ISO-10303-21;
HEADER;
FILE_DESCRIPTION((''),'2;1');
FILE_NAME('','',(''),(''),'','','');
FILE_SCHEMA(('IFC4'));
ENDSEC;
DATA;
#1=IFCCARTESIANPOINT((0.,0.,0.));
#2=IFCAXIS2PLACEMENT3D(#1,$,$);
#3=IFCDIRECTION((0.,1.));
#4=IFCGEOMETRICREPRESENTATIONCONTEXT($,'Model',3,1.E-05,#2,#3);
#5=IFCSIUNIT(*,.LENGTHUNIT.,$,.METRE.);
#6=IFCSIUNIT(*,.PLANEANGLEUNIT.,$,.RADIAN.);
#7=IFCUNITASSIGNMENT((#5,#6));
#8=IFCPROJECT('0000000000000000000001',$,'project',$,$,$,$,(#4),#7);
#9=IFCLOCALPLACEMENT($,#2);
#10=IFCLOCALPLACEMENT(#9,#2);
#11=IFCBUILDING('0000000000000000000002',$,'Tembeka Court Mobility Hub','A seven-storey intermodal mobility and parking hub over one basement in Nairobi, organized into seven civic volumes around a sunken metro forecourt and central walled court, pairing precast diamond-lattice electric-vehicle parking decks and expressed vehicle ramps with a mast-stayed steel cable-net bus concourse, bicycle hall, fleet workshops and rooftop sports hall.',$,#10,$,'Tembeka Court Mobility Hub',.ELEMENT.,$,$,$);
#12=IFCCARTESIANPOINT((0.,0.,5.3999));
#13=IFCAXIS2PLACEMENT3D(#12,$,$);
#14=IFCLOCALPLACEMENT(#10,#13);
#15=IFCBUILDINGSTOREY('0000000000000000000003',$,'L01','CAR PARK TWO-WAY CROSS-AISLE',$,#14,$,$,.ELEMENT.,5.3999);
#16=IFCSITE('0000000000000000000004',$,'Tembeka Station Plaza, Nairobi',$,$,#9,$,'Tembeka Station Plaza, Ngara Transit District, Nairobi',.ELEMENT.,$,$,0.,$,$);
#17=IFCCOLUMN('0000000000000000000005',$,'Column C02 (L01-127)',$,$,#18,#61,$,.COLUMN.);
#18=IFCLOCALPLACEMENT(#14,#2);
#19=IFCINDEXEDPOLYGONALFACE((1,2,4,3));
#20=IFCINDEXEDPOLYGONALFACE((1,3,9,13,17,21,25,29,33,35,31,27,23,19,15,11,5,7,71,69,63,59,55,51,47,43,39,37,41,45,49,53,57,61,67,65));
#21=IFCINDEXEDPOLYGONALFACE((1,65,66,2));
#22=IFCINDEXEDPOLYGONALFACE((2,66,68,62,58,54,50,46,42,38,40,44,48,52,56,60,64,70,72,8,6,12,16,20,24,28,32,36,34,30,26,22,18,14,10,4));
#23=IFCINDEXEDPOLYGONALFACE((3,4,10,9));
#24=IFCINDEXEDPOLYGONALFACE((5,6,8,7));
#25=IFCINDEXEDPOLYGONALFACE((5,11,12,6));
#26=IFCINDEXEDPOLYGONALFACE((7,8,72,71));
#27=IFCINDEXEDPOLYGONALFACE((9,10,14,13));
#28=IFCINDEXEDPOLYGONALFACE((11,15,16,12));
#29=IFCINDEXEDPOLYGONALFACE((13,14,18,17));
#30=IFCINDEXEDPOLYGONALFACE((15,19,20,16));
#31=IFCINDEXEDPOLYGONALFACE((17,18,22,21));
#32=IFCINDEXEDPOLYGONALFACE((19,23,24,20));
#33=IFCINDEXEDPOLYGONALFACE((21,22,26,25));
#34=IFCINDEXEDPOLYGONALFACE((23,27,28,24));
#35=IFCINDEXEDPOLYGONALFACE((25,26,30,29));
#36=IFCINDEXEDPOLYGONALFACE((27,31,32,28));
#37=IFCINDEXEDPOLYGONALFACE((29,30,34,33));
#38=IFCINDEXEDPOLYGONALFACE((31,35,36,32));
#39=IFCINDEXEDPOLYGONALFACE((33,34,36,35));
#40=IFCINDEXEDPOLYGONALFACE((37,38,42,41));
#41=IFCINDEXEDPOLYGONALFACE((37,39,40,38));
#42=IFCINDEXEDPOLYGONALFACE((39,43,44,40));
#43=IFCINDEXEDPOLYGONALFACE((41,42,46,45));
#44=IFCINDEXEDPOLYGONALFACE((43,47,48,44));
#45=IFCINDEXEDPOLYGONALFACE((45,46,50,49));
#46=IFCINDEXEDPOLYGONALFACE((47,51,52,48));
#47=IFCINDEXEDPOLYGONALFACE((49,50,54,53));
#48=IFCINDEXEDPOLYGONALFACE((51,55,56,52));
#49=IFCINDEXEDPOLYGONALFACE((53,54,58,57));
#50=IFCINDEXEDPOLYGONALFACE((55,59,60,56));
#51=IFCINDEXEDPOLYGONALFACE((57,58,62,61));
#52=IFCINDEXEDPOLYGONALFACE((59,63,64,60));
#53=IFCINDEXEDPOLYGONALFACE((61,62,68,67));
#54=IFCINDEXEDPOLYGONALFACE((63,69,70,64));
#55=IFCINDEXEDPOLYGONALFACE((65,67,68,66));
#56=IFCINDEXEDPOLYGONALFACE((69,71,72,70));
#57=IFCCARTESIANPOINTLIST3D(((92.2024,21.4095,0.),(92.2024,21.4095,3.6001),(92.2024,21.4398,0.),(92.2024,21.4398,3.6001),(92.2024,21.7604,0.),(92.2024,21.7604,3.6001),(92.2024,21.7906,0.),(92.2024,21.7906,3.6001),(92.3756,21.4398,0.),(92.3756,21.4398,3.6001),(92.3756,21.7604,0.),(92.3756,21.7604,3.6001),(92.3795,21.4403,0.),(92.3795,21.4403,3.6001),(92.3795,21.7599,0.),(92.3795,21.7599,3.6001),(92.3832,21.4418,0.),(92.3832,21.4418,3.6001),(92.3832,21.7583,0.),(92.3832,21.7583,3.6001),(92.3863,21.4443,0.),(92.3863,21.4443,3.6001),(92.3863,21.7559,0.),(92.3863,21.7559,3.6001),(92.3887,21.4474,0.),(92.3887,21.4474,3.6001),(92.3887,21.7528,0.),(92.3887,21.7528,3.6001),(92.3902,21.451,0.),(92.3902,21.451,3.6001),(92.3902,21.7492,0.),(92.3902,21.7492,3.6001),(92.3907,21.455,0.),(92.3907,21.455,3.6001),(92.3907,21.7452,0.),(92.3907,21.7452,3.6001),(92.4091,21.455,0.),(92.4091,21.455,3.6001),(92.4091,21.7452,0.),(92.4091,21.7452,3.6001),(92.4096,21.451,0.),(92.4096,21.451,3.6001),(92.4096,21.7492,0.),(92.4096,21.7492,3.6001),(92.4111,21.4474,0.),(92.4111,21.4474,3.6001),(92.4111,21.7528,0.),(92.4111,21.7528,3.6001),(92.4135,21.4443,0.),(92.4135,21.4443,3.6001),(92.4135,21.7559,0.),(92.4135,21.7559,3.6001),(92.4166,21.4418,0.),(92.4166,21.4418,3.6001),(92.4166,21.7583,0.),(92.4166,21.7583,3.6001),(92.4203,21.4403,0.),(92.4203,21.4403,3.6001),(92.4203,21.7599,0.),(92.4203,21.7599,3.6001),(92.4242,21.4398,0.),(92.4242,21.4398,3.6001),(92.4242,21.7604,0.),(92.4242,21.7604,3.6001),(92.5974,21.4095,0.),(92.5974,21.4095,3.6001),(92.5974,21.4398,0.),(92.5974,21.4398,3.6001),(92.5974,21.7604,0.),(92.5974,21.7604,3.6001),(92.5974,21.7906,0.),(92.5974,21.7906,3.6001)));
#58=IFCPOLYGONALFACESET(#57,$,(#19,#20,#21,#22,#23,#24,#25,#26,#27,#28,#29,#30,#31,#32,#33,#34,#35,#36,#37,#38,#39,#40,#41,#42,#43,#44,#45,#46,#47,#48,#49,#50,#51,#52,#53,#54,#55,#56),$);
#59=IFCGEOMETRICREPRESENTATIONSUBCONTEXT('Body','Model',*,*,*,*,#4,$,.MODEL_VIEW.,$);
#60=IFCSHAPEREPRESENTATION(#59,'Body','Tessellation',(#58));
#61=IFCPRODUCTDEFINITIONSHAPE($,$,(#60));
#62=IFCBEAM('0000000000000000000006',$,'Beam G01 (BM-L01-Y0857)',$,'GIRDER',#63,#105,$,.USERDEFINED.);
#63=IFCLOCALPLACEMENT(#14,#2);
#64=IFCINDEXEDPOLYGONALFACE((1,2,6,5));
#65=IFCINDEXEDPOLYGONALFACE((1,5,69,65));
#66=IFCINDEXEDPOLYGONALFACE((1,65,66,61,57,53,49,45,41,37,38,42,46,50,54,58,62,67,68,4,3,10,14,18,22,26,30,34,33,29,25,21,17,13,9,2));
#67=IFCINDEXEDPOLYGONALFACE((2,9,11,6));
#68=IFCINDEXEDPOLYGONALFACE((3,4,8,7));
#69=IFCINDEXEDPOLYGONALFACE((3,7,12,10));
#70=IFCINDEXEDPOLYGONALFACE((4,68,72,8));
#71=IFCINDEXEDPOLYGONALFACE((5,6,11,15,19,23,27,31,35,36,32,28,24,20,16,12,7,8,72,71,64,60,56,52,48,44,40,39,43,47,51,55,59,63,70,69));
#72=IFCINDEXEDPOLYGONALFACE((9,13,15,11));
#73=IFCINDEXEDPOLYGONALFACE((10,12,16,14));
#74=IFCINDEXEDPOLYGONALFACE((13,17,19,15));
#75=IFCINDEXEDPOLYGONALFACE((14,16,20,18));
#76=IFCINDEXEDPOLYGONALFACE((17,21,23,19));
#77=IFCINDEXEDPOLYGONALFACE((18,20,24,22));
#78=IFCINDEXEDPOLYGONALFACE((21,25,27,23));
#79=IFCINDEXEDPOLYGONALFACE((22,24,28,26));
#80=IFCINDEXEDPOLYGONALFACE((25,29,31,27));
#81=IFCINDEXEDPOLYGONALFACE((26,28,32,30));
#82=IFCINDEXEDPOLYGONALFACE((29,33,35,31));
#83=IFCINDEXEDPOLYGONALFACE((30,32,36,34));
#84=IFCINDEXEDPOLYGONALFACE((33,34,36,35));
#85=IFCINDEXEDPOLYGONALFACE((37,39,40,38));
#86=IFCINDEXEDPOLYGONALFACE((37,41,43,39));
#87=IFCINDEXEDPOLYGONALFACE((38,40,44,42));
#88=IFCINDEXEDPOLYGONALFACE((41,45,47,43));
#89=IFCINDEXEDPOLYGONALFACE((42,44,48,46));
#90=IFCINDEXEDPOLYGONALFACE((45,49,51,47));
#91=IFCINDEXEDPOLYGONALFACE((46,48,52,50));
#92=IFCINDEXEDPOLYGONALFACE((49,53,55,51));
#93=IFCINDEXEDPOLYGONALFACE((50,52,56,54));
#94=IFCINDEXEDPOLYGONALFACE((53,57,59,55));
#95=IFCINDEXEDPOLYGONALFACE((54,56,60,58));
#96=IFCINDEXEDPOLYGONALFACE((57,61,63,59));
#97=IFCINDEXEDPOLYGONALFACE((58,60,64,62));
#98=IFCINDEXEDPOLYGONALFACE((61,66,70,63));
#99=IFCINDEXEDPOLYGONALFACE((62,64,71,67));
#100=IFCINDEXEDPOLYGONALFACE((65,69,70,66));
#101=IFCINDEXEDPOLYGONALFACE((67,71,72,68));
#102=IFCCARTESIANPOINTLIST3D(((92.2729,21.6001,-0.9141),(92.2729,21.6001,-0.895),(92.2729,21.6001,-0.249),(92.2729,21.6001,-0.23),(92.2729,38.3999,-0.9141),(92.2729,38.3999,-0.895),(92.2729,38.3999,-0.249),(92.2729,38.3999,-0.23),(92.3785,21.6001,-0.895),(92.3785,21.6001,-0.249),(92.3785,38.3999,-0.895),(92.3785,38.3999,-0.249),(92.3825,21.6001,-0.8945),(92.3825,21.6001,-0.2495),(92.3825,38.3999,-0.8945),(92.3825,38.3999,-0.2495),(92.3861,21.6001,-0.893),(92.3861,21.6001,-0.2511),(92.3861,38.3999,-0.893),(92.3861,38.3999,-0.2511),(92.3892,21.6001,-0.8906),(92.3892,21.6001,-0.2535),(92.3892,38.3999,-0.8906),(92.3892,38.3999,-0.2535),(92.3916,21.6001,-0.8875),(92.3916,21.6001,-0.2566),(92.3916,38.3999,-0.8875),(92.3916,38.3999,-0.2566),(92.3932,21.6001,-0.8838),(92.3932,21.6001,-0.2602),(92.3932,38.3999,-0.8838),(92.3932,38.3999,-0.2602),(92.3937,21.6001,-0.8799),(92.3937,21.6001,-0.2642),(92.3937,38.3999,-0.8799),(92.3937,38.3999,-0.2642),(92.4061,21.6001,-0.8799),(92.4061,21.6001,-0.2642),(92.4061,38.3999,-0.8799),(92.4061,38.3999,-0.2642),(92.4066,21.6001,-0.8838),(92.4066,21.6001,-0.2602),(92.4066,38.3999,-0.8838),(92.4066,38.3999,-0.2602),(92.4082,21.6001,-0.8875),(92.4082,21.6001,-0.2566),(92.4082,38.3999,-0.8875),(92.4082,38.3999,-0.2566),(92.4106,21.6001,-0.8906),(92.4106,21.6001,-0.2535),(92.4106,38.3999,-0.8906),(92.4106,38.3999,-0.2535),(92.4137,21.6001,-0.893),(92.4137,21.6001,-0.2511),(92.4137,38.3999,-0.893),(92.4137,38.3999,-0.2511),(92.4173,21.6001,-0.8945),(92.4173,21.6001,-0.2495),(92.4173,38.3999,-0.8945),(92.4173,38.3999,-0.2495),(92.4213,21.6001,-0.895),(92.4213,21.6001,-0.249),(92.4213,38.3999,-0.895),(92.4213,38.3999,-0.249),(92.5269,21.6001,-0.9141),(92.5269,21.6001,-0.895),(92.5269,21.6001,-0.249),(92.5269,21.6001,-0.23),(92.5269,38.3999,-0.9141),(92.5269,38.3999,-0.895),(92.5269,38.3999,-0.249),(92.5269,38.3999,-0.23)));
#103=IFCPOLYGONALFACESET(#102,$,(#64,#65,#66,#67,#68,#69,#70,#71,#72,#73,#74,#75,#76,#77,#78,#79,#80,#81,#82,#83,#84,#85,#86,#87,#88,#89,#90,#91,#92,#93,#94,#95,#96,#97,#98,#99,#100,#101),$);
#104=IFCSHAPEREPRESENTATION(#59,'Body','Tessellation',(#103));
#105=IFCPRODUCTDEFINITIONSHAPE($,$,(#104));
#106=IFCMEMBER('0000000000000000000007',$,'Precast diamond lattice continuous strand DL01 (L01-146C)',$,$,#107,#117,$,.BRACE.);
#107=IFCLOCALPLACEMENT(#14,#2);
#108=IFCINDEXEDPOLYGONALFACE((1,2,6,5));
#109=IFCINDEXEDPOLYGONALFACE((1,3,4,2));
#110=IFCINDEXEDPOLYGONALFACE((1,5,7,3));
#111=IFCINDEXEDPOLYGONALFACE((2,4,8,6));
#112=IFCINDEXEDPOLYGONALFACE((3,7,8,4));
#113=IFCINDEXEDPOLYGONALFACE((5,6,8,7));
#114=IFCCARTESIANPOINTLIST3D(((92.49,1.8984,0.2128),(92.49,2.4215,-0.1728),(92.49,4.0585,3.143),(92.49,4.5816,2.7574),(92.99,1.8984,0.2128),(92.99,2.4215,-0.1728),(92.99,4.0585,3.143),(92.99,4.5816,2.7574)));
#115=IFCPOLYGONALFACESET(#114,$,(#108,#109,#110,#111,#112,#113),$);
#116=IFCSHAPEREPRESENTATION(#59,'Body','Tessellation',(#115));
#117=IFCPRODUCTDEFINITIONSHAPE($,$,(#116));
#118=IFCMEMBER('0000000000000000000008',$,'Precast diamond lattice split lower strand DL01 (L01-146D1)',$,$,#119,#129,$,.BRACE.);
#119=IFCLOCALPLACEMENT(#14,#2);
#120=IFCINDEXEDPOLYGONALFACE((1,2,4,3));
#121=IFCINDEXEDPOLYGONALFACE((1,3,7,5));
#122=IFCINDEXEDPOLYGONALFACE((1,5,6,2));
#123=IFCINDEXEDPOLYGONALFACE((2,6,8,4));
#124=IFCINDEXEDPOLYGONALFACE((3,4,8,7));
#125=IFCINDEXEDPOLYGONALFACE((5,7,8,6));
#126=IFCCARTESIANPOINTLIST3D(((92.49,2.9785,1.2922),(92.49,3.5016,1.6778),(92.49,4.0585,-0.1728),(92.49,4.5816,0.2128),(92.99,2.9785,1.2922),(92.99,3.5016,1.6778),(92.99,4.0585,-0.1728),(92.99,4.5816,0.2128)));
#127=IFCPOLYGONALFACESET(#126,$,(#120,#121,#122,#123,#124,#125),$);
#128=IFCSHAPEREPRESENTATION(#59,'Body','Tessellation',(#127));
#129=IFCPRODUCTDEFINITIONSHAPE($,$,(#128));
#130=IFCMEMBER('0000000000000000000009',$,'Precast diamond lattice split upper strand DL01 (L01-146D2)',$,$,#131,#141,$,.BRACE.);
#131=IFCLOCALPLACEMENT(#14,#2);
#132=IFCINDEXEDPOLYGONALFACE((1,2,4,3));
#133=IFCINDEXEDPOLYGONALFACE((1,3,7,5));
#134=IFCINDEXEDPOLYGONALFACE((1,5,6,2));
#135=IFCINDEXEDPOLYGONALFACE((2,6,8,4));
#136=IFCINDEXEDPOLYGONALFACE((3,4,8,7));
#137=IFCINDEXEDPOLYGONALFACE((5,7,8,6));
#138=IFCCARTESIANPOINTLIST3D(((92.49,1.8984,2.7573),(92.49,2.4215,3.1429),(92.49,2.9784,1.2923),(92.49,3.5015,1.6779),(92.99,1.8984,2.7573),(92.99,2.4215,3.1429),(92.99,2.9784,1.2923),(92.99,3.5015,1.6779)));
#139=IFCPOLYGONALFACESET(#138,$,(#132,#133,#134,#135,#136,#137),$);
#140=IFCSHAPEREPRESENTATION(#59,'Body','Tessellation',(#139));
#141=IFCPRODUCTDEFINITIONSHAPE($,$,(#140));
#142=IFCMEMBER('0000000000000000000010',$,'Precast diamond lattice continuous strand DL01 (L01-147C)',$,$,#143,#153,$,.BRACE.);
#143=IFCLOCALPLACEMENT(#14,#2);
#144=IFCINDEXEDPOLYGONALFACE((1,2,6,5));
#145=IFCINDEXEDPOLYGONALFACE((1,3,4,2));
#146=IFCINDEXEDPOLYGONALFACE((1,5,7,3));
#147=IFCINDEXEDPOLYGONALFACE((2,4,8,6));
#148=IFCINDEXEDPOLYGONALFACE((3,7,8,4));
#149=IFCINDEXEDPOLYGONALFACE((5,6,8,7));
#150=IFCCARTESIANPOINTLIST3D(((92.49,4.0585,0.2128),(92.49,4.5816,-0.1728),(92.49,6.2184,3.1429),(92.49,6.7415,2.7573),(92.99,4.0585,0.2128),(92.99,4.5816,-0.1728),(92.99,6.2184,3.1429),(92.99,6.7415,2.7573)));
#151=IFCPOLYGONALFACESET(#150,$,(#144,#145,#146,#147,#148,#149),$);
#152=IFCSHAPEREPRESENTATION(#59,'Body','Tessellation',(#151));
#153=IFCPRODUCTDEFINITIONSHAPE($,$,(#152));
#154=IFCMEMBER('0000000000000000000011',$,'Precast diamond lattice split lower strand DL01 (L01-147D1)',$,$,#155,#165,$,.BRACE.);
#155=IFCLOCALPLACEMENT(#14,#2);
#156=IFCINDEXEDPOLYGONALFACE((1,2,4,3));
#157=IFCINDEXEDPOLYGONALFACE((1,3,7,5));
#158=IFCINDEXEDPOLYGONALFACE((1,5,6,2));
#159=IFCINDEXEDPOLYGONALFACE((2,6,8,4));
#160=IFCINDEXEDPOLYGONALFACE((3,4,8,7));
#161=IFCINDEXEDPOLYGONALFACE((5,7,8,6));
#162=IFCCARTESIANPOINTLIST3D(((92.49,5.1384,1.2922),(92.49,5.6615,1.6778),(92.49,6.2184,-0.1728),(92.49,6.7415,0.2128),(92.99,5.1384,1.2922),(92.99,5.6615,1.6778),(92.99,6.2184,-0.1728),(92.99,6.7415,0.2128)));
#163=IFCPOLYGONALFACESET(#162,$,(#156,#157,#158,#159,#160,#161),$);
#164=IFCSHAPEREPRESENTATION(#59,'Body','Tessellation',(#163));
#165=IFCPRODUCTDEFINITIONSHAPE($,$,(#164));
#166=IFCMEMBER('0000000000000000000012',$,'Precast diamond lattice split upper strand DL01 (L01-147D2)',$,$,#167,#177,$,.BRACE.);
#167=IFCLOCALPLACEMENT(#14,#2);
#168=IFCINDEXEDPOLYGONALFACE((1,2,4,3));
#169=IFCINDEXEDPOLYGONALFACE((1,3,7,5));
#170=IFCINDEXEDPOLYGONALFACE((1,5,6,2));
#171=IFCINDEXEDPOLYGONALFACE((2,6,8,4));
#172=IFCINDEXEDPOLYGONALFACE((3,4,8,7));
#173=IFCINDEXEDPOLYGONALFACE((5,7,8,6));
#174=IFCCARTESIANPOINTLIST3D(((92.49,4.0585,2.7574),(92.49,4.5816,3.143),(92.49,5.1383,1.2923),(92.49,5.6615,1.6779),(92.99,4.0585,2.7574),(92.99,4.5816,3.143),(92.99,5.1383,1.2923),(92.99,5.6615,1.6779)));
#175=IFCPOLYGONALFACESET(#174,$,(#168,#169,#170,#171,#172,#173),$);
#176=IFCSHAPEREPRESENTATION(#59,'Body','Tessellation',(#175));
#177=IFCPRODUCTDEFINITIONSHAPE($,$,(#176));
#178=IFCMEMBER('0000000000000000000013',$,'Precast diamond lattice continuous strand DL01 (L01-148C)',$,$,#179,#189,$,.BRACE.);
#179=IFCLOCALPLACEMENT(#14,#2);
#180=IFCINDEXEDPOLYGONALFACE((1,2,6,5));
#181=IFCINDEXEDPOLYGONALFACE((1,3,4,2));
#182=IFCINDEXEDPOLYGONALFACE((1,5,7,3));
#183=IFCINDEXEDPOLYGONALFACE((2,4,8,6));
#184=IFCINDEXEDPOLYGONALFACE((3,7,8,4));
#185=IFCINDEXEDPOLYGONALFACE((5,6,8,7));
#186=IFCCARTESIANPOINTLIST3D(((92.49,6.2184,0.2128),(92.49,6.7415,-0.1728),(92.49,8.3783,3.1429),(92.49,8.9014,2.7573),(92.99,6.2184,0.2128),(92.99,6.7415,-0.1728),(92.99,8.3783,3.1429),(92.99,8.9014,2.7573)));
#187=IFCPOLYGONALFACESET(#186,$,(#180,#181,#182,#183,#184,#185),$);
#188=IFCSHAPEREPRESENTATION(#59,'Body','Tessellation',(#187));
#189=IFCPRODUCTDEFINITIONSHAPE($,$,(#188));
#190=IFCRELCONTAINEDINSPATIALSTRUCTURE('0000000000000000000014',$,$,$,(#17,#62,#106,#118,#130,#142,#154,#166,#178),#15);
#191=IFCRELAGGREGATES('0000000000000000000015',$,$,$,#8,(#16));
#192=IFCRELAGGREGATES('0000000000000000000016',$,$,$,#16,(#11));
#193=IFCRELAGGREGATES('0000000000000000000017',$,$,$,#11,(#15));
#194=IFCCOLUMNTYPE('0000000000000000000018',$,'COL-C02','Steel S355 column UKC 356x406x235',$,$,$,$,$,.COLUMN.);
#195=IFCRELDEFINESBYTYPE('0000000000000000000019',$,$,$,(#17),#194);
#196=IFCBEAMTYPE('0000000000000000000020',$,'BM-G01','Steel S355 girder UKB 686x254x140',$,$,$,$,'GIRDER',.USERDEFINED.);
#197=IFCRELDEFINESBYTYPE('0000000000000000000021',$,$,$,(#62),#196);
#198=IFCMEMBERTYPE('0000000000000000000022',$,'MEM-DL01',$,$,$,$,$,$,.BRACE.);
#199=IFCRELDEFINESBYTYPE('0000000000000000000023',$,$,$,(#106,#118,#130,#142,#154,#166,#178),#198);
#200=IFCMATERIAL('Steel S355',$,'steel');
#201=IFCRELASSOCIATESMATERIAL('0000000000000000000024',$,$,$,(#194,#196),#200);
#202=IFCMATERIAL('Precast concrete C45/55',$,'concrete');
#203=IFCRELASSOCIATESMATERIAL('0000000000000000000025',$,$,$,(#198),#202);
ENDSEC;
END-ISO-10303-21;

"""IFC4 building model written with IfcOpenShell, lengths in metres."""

from ifc_helpers import new_model, si_unit, direction, frame, origin, origin_2d, place, context, subcontext, project, spatial, rectangle, i_section, extrude, material, material_profile, profile_set, type_object, element, save


model = new_model("IFC4")

# Units and contexts
model_context = context("Model", 3, precision=1e-05, world=origin(), true_north=direction((0.0, 1.0)))
body_context = subcontext(model_context, "Body", "Model", "MODEL_VIEW")
ifc_project = project(units=[si_unit("LENGTHUNIT", "METRE"), si_unit("PLANEANGLEUNIT", "RADIAN")], contexts=[model_context])

# Site, building, storey
site_placement = place(None, origin())
site = spatial("IfcSite", under=ifc_project, at=site_placement, Name="Tembeka Station Plaza, Nairobi", LongName="Tembeka Station Plaza, Ngara Transit District, Nairobi", CompositionType="ELEMENT", RefElevation=0.0)
building_placement = place(site_placement, origin())
building = spatial("IfcBuilding", under=site, at=building_placement, Name="Tembeka Court Mobility Hub", Description="A seven-storey intermodal mobility and parking hub over one basement in Nairobi, organized into seven civic volumes around a sunken metro forecourt and central walled court, pairing precast diamond-lattice electric-vehicle parking decks and expressed vehicle ramps with a mast-stayed steel cable-net bus concourse, bicycle hall, fleet workshops and rooftop sports hall.", LongName="Tembeka Court Mobility Hub", CompositionType="ELEMENT")
storey_placement = place(building_placement, frame((0.0, 0.0, 5.3999)))
storey = spatial("IfcBuildingStorey", under=building, at=storey_placement, Name="L01", Description="CAR PARK TWO-WAY CROSS-AISLE", CompositionType="ELEMENT", Elevation=5.3999)

# Column
ifc_material_1 = material(Name="Steel S355", Category="steel")
ifc_material_profile_1 = material_profile(ifc_material_1, i_section(OverallWidth=0.395, OverallDepth=0.3811, WebThickness=0.0183, FlangeThickness=0.0303, FilletRadius=0.0151, at=origin_2d()), Name="UKC 356x406x235")
ifc_profile_set_1 = profile_set([ifc_material_profile_1], Name="Steel S355")
column_type = type_object("IfcColumnType", Name="COL-C02", Description="Steel S355 column UKC 356x406x235", PredefinedType="COLUMN", material=ifc_profile_set_1)
column_placement = place(storey_placement, frame((92.3999, 21.6001, 0.0), z_axis=(0.0, 0.0, 1.0), x_axis=(1.0, 0.0, 0.0)))
element("IfcColumn", 1, at=column_placement, inside=storey, type_object=column_type, Name="Column C02 (L01-127)", PredefinedType="COLUMN", context=body_context, shape_type="SweptSolid", body=[
    extrude(i_section(OverallWidth=0.395, OverallDepth=0.3811, WebThickness=0.0183, FlangeThickness=0.0303, FilletRadius=0.0151, at=origin_2d()), origin(), (0.0, 0.0, 1.0), 3.6001),
])

# Beam
ifc_material_profile_2 = material_profile(ifc_material_1, i_section(OverallWidth=0.2539, OverallDepth=0.6841, WebThickness=0.0125, FlangeThickness=0.019, FilletRadius=0.0151, at=origin_2d()), Name="UKB 686x254x140")
ifc_profile_set_2 = profile_set([ifc_material_profile_2], Name="Steel S355")
beam_type = type_object("IfcBeamType", Name="BM-G01", Description="Steel S355 girder UKB 686x254x140", ElementType="GIRDER", PredefinedType="USERDEFINED", material=ifc_profile_set_2)
beam_placement = place(storey_placement, frame((92.3999, 21.6001, -0.572), z_axis=(0.0, 1.0, 0.0), x_axis=(-1.0, 0.0, 0.0)))
element("IfcBeam", 2, at=beam_placement, inside=storey, type_object=beam_type, Name="Beam G01 (BM-L01-Y0857)", ObjectType="GIRDER", PredefinedType="USERDEFINED", context=body_context, shape_type="SweptSolid", body=[
    extrude(i_section(OverallWidth=0.2539, OverallDepth=0.6841, WebThickness=0.0125, FlangeThickness=0.019, FilletRadius=0.0151, at=origin_2d()), origin(), (0.0, 0.0, 1.0), 16.7998),
])

# Members
ifc_material_2 = material(Name="Precast concrete C45/55", Category="concrete")
ifc_material_profile_3 = material_profile(ifc_material_2, rectangle(XDim=0.5, YDim=0.6499, at=origin_2d()), Name="PC-DIAG 500x650")
ifc_profile_set_3 = profile_set([ifc_material_profile_3], Name="Precast concrete C45/55")
member_type_1 = type_object("IfcMemberType", Name="MEM-DL01", PredefinedType="BRACE", material=ifc_profile_set_3)
member_1_placement = place(storey_placement, frame((92.74, 2.1599, 0.02), z_axis=(0.0, 0.593391, 0.804914), x_axis=(-1.0, 0.0, 0.0)))
element("IfcMember", 3, at=member_1_placement, inside=storey, type_object=member_type_1, Name="Precast diamond lattice continuous strand DL01 (L01-146C)", PredefinedType="BRACE", context=body_context, shape_type="SweptSolid", body=[
    extrude(rectangle(XDim=0.5, YDim=0.6499, at=origin_2d()), origin(), (0.0, 0.0, 1.0), 3.6404),
])
for number, where, z_axis, x_axis, name in (
    (4, (92.74, 4.3201, 0.02), (0.0, -0.593391, 0.804914), (1.0, 0.0, 0.0), "Precast diamond lattice split lower strand DL01 (L01-146D1)"),
    (5, (92.74, 3.24, 1.4851), (0.0, -0.593391, 0.804914), (1.0, 0.0, 0.0), "Precast diamond lattice split upper strand DL01 (L01-146D2)"),
):
    element("IfcMember", number, at=place(storey_placement, frame(where, z_axis=z_axis, x_axis=x_axis)), inside=storey, type_object=member_type_1, Name=name, PredefinedType="BRACE", context=body_context, shape_type="SweptSolid", body=[
        extrude(rectangle(XDim=0.5, YDim=0.6499, at=origin_2d()), origin(), (0.0, 0.0, 1.0), 1.8201),
    ])
member_2_placement = place(storey_placement, frame((92.74, 4.3201, 0.02), z_axis=(0.0, 0.593348, 0.804946), x_axis=(-1.0, 0.0, 0.0)))
element("IfcMember", 6, at=member_2_placement, inside=storey, type_object=member_type_1, Name="Precast diamond lattice continuous strand DL01 (L01-147C)", PredefinedType="BRACE", context=body_context, shape_type="SweptSolid", body=[
    extrude(rectangle(XDim=0.5, YDim=0.6499, at=origin_2d()), origin(), (0.0, 0.0, 1.0), 3.6401),
])
for number, where, z_axis, x_axis, name in (
    (7, (92.74, 6.48, 0.02), (0.0, -0.593391, 0.804914), (1.0, 0.0, 0.0), "Precast diamond lattice split lower strand DL01 (L01-147D1)"),
    (8, (92.74, 5.3999, 1.4851), (0.0, -0.593304, 0.804978), (1.0, 0.0, 0.0), "Precast diamond lattice split upper strand DL01 (L01-147D2)"),
):
    element("IfcMember", number, at=place(storey_placement, frame(where, z_axis=z_axis, x_axis=x_axis)), inside=storey, type_object=member_type_1, Name=name, PredefinedType="BRACE", context=body_context, shape_type="SweptSolid", body=[
        extrude(rectangle(XDim=0.5, YDim=0.6499, at=origin_2d()), origin(), (0.0, 0.0, 1.0), 1.8201),
    ])
member_3_placement = place(storey_placement, frame((92.74, 6.48, 0.02), z_axis=(0.0, 0.593348, 0.804946), x_axis=(-1.0, 0.0, 0.0)))
element("IfcMember", 9, at=member_3_placement, inside=storey, type_object=member_type_1, Name="Precast diamond lattice continuous strand DL01 (L01-148C)", PredefinedType="BRACE", context=body_context, shape_type="SweptSolid", body=[
    extrude(rectangle(XDim=0.5, YDim=0.6499, at=origin_2d()), origin(), (0.0, 0.0, 1.0), 3.6401),
])

save(model, "model.ifc")
